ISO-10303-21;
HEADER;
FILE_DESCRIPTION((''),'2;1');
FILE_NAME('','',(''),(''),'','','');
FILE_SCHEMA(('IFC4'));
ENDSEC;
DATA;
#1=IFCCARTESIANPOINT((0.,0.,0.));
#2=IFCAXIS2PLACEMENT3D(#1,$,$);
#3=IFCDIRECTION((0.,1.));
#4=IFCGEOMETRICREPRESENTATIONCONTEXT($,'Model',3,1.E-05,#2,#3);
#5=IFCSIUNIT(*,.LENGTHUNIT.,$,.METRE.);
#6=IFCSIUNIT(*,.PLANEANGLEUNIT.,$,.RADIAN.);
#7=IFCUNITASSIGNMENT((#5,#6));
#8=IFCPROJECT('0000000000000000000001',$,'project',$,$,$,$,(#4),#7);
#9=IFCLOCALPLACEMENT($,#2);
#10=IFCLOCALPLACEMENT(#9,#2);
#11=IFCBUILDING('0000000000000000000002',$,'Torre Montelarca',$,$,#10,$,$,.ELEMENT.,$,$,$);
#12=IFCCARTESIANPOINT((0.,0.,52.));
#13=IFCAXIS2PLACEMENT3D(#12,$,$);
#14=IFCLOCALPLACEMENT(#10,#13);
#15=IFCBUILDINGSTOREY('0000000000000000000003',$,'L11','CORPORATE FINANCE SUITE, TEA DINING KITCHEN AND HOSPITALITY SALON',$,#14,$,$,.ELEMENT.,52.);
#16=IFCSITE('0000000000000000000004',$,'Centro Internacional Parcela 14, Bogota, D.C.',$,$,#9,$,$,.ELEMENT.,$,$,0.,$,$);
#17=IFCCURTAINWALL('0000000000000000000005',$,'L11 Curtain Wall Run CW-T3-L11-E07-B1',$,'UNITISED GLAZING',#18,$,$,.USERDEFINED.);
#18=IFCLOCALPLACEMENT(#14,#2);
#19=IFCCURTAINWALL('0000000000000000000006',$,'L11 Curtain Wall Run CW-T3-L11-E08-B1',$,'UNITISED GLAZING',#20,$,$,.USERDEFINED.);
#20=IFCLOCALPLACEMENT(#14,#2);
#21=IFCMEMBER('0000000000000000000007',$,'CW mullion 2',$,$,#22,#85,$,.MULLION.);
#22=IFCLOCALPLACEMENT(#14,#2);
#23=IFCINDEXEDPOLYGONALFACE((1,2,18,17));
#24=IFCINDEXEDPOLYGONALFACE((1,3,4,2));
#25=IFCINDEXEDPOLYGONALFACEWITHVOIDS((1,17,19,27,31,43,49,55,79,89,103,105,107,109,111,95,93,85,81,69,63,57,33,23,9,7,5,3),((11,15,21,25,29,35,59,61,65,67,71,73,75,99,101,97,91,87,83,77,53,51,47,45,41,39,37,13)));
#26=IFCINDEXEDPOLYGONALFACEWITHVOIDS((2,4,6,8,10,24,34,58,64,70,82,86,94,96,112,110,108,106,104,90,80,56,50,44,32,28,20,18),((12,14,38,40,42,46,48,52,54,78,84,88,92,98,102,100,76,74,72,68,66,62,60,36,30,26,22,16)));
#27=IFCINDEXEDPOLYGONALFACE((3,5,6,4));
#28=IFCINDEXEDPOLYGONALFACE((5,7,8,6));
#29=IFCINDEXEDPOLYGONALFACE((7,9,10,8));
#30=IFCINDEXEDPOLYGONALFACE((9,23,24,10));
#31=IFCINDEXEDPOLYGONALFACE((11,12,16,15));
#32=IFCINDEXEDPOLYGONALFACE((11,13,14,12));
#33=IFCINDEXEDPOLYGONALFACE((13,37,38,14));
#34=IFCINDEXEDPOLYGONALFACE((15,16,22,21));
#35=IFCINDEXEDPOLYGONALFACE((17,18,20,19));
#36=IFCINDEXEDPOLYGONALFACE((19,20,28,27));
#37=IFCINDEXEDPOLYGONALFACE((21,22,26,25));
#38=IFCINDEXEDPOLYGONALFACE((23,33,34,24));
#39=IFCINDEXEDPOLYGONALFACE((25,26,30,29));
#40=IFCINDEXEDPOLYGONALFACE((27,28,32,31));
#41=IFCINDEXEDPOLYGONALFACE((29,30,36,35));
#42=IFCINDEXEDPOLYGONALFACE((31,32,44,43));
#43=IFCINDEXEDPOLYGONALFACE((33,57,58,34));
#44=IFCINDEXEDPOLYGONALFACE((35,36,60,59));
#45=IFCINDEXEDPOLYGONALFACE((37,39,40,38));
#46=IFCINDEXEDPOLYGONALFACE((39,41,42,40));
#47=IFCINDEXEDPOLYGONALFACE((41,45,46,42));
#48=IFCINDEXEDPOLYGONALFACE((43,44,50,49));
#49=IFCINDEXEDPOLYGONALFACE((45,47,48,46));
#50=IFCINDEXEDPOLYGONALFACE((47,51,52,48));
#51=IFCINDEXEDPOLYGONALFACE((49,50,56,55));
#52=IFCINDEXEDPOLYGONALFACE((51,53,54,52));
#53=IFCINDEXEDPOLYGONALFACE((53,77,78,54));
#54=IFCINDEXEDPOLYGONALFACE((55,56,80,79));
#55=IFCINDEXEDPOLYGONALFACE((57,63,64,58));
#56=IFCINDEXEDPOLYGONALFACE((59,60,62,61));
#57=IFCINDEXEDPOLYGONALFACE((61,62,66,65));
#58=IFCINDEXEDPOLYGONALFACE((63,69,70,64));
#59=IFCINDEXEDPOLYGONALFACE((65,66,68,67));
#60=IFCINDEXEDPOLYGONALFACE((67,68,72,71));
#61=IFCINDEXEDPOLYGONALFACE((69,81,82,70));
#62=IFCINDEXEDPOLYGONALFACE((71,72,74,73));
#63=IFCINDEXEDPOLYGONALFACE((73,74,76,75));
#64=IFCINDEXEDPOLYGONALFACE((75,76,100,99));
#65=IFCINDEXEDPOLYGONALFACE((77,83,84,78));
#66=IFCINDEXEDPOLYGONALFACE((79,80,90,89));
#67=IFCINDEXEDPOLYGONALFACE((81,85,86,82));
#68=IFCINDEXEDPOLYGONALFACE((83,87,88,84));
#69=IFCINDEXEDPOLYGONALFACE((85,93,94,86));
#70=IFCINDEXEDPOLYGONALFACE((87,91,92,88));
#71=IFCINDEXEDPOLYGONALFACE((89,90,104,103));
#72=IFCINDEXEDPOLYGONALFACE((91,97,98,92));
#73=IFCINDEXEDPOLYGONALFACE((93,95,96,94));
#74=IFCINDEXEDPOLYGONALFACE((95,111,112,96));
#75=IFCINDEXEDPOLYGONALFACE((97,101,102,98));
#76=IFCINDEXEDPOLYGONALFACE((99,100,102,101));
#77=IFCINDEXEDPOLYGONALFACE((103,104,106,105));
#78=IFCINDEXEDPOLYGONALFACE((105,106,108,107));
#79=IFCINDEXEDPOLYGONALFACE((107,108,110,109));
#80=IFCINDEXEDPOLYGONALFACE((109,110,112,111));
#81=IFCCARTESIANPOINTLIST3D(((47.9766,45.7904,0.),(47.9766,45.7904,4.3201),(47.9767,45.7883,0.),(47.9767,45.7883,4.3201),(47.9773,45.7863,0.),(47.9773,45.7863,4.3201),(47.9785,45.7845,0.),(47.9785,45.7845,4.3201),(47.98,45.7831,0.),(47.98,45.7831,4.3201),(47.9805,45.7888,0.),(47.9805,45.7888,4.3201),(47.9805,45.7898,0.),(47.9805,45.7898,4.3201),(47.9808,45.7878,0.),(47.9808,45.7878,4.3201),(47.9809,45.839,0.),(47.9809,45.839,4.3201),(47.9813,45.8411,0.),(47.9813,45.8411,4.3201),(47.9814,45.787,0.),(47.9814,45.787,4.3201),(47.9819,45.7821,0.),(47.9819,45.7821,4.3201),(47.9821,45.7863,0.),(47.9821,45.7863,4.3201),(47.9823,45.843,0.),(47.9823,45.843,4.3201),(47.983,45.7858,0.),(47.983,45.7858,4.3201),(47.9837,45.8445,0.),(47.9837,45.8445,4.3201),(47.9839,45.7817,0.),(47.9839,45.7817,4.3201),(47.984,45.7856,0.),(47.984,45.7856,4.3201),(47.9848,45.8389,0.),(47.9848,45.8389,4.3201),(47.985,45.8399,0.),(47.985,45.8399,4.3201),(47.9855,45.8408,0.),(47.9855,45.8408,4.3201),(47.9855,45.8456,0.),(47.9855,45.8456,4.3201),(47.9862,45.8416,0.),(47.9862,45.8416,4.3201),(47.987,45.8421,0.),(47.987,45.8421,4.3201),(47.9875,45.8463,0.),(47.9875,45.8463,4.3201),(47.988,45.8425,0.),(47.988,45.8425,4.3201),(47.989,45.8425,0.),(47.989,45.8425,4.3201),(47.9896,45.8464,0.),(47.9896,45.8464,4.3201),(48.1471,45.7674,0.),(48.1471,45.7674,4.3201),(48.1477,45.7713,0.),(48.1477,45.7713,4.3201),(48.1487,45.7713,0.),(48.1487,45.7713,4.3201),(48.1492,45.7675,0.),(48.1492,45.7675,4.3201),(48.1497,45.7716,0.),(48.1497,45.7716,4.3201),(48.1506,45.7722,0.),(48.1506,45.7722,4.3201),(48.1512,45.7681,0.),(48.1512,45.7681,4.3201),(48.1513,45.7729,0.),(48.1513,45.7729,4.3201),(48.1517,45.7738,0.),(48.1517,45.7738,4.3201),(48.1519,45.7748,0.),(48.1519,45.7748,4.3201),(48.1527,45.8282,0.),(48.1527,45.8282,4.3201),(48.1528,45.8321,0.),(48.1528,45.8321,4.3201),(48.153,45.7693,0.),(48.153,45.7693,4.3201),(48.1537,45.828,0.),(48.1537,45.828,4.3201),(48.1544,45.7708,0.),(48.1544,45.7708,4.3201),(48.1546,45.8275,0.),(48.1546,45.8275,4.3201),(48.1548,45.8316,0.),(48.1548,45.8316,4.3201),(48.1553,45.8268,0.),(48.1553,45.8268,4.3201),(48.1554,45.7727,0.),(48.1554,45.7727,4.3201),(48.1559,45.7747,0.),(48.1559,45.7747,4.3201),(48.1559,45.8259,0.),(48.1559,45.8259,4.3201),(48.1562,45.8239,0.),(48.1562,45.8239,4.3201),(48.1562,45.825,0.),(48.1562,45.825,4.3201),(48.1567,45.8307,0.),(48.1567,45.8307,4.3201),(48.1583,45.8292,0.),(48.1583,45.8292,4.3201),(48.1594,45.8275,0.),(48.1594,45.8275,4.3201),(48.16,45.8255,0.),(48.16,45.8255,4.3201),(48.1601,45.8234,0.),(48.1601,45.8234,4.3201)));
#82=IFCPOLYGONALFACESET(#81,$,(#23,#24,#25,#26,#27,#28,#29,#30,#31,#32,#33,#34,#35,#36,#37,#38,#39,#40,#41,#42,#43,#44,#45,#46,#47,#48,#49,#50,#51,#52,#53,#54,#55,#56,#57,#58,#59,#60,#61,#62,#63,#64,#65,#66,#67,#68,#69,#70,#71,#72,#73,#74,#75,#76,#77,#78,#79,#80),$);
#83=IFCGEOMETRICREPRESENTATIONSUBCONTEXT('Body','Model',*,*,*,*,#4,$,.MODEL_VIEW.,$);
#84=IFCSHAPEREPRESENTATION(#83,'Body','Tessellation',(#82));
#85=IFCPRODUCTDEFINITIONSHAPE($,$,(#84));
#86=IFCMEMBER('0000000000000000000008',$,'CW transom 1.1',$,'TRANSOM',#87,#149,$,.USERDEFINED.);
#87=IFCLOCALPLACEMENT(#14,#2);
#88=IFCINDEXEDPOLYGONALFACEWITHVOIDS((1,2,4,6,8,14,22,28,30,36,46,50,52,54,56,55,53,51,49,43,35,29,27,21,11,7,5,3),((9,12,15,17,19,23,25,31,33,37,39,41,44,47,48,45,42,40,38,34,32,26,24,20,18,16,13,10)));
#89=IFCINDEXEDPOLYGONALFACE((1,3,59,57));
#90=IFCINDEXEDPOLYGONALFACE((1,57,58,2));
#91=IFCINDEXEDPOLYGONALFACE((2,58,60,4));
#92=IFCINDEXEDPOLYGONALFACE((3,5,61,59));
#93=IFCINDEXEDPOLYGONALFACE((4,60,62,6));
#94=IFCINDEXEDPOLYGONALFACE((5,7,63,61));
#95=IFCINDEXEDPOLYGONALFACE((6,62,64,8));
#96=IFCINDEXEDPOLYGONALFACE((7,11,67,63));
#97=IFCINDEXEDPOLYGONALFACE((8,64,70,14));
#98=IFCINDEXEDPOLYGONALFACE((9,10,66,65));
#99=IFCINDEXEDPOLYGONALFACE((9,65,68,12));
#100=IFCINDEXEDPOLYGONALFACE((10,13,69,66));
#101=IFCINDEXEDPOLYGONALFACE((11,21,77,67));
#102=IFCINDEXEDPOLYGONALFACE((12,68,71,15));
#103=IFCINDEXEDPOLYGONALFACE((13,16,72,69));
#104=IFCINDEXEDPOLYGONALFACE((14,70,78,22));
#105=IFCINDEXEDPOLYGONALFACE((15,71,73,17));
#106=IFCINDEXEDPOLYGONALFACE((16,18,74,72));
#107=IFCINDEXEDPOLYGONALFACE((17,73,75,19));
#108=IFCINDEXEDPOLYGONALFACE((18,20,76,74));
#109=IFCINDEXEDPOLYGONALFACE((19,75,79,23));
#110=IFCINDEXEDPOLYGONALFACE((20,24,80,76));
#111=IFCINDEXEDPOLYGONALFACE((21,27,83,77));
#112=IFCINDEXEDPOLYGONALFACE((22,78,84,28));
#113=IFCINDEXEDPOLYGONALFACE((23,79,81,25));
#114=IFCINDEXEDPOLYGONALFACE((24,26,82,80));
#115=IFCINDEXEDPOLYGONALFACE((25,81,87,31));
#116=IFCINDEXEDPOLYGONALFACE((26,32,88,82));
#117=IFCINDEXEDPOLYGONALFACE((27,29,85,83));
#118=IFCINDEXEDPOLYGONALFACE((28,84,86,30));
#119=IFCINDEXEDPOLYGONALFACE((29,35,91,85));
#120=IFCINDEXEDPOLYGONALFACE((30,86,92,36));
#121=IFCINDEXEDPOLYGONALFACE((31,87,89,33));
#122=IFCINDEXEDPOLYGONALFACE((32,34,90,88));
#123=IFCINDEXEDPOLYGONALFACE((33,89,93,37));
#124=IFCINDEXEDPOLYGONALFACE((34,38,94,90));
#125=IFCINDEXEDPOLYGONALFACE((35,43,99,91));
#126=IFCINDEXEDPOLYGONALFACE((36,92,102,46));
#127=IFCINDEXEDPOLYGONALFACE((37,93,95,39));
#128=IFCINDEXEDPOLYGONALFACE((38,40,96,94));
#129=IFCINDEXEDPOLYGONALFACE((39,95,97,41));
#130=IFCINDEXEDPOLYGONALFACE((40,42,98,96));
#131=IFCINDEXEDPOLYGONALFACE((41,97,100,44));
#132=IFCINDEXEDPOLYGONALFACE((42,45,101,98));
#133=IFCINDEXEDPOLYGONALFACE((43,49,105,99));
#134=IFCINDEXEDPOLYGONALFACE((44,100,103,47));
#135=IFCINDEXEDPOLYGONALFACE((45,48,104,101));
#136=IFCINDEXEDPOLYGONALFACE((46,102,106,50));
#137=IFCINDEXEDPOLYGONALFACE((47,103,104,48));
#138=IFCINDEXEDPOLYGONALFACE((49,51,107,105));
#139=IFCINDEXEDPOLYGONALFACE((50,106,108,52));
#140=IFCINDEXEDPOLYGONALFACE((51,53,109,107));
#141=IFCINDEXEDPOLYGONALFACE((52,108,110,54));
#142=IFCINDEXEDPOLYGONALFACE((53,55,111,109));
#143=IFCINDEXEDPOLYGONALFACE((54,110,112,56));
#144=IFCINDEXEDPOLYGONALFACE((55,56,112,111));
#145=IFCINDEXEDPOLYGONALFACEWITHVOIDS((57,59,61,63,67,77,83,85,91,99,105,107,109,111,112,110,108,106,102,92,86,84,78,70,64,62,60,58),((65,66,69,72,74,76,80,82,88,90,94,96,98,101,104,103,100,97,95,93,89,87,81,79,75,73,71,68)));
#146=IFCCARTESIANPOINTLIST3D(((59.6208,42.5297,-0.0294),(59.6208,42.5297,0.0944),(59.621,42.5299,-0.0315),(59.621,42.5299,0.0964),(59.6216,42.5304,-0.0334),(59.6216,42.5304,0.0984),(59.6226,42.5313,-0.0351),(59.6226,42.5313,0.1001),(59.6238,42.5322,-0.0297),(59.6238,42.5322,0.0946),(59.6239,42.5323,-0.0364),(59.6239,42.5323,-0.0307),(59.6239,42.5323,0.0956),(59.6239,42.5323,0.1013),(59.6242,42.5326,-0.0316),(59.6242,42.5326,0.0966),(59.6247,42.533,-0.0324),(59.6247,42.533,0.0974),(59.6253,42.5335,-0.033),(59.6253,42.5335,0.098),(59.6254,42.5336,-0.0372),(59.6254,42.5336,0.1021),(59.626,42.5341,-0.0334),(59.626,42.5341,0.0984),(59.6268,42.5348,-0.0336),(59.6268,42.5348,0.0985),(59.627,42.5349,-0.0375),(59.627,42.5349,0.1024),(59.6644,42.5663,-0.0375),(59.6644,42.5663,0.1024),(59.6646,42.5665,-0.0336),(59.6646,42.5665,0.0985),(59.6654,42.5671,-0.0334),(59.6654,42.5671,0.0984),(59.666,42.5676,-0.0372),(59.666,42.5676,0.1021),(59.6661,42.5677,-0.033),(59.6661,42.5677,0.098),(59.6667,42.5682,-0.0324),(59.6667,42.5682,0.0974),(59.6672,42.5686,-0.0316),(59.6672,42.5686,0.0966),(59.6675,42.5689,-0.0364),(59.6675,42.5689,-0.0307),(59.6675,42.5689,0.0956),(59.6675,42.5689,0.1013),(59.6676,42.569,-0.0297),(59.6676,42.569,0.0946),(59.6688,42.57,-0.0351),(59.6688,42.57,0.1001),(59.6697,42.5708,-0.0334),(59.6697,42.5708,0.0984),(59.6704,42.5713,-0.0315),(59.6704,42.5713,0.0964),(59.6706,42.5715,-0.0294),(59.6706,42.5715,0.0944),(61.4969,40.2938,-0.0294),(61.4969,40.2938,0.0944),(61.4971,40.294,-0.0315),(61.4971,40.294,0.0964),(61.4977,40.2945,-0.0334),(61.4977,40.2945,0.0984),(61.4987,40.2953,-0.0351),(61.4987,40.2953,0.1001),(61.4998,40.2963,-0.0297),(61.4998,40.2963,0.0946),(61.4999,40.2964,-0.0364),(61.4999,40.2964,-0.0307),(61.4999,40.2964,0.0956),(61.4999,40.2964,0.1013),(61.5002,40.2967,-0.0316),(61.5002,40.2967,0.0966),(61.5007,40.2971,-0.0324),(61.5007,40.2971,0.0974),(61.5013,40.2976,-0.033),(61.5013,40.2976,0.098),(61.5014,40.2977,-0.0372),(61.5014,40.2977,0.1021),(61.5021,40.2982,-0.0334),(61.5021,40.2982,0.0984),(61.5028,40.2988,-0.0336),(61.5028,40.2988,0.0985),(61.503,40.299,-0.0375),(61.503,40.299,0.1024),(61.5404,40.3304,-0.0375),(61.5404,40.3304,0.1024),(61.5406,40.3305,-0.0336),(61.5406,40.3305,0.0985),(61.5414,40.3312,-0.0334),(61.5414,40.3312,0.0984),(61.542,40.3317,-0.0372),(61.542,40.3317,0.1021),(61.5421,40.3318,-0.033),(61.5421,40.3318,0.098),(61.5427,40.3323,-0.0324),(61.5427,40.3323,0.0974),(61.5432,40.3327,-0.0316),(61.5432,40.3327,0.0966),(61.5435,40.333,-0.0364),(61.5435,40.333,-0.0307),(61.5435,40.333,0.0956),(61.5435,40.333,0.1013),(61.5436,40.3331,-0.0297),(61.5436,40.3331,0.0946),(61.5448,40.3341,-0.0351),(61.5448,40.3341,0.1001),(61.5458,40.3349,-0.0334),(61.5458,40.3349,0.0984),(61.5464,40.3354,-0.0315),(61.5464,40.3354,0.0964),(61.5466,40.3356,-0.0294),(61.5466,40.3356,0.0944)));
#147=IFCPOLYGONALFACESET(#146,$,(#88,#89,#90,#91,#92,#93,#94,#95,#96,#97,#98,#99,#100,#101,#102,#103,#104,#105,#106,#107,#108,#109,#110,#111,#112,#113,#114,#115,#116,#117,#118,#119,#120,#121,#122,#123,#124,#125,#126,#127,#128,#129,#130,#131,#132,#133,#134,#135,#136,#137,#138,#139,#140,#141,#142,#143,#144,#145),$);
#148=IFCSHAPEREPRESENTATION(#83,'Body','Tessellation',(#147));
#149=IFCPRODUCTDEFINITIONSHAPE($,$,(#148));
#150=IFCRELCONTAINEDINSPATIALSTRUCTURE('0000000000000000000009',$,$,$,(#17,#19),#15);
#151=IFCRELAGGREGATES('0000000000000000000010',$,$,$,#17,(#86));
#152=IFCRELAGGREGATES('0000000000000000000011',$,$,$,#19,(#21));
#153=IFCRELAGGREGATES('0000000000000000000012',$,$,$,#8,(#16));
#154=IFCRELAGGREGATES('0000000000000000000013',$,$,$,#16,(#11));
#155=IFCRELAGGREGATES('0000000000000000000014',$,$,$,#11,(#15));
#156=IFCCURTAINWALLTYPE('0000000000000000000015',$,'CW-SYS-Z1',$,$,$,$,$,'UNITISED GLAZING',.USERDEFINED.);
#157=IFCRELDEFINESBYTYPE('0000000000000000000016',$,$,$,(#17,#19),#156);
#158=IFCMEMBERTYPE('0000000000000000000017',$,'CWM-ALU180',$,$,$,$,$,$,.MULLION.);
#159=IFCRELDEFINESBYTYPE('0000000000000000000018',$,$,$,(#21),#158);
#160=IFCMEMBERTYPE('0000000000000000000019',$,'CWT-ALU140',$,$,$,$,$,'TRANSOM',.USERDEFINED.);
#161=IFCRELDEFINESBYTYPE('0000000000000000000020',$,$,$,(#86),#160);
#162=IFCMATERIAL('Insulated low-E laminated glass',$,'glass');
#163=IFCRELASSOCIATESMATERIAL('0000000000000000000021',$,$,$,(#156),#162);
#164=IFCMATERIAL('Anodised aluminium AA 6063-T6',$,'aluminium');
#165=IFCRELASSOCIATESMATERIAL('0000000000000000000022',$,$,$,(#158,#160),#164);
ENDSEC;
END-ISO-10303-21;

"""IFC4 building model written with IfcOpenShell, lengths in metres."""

from ifc_helpers import new_model, si_unit, direction, frame, origin, origin_2d, place, context, subcontext, project, spatial, hollow_rectangle, extrude, source, transform, mapped, material, material_profile, profile_set, type_object, element, aggregate, save


model = new_model("IFC4")

# Units and contexts
model_context = context("Model", 3, precision=1e-05, world=origin(), true_north=direction((0.0, 1.0)))
body_context = subcontext(model_context, "Body", "Model", "MODEL_VIEW")
ifc_project = project(units=[si_unit("LENGTHUNIT", "METRE"), si_unit("PLANEANGLEUNIT", "RADIAN")], contexts=[model_context])

# Site, building, storey
site_placement = place(None, origin())
site = spatial("IfcSite", under=ifc_project, at=site_placement, Name="Centro Internacional Parcela 14, Bogota, D.C.", CompositionType="ELEMENT", RefElevation=0.0)
building_placement = place(site_placement, origin())
building = spatial("IfcBuilding", under=site, at=building_placement, Name="Torre Montelarca", CompositionType="ELEMENT")
storey_placement = place(building_placement, frame((0.0, 0.0, 52.0)))
storey = spatial("IfcBuildingStorey", under=building, at=storey_placement, Name="L11", Description="CORPORATE FINANCE SUITE, TEA DINING KITCHEN AND HOSPITALITY SALON", CompositionType="ELEMENT", Elevation=52.0)

# Curtain walls, member
ifc_material_1 = material(Name="Insulated low-E laminated glass", Category="glass")
curtain_wall_type = type_object("IfcCurtainWallType", Name="CW-SYS-Z1", ElementType="UNITISED GLAZING", PredefinedType="USERDEFINED", material=ifc_material_1)
ifc_material_2 = material(Name="Anodised aluminium AA 6063-T6", Category="aluminium")
ifc_material_profile_1 = material_profile(ifc_material_2, hollow_rectangle(XDim=0.0649, YDim=0.1799, WallThickness=0.0039, InnerFilletRadius=0.0039, OuterFilletRadius=0.0081, at=origin_2d()), Name="ALU65X180X4", Category="aluminium")
ifc_profile_set_1 = profile_set([ifc_material_profile_1], Name="Anodised aluminium AA 6063-T6")
member_type_1 = type_object("IfcMemberType", Name="CWM-ALU180", PredefinedType="MULLION", material=ifc_profile_set_1)
shared_shape_1 = source(origin(), body_context, "Body", "SweptSolid", [
    extrude(hollow_rectangle(XDim=0.0649, YDim=0.1799, WallThickness=0.0039, InnerFilletRadius=0.0039, OuterFilletRadius=0.0081, at=origin_2d()), origin(), (0.0, 0.0, 1.0), 4.3201),
])
curtain_wall_1_placement = place(storey_placement, origin())
curtain_wall_1 = element("IfcCurtainWall", 1, at=curtain_wall_1_placement, inside=storey, type_object=curtain_wall_type, Name="L11 Curtain Wall Run CW-T3-L11-E07-B1", ObjectType="UNITISED GLAZING", PredefinedType="USERDEFINED")
curtain_wall_2_placement = place(storey_placement, origin())
curtain_wall_2 = element("IfcCurtainWall", 2, at=curtain_wall_2_placement, inside=storey, type_object=curtain_wall_type, Name="L11 Curtain Wall Run CW-T3-L11-E08-B1", ObjectType="UNITISED GLAZING", PredefinedType="USERDEFINED")
member_1_placement = place(storey_placement, frame((48.0684, 45.8069, 0.0), z_axis=(0.0, 0.0, 1.0), x_axis=(-0.087157, -0.996195, 0.0)))
member_1 = element("IfcMember", 3, at=member_1_placement, type_object=member_type_1, Name="CW mullion 2", PredefinedType="MULLION", context=body_context, shape_type="MappedRepresentation", body=[
    mapped(shared_shape_1, transform((0.0, 0.0, 0.0), scale=1.0)),
])

# Member
ifc_material_profile_2 = material_profile(ifc_material_2, hollow_rectangle(XDim=0.0649, YDim=0.1399, WallThickness=0.0039, InnerFilletRadius=0.0039, OuterFilletRadius=0.0081, at=origin_2d()), Name="ALU65X140X4", Category="aluminium")
ifc_profile_set_2 = profile_set([ifc_material_profile_2], Name="Anodised aluminium AA 6063-T6")
member_type_2 = type_object("IfcMemberType", Name="CWT-ALU140", ElementType="TRANSOM", PredefinedType="USERDEFINED", material=ifc_profile_set_2)
shared_shape_2 = source(origin(), body_context, "Body", "SweptSolid", [
    extrude(hollow_rectangle(XDim=0.0649, YDim=0.1399, WallThickness=0.0039, InnerFilletRadius=0.0039, OuterFilletRadius=0.0081, at=origin_2d()), origin(), (0.0, 0.0, 1.0), 2.9187),
])
member_2_placement = place(storey_placement, frame((61.5217, 40.3147, 0.0325), z_axis=(-0.642764, 0.766064, 0.0), x_axis=(-0.766064, -0.642764, 0.0)))
member_2 = element("IfcMember", 4, at=member_2_placement, type_object=member_type_2, Name="CW transom 1.1", ObjectType="TRANSOM", PredefinedType="USERDEFINED", context=body_context, shape_type="MappedRepresentation", body=[
    mapped(shared_shape_2, transform((0.0, 0.0, 0.0), scale=1.0)),
])

aggregate(curtain_wall_1, [member_2])
aggregate(curtain_wall_2, [member_1])

save(model, "model.ifc")
